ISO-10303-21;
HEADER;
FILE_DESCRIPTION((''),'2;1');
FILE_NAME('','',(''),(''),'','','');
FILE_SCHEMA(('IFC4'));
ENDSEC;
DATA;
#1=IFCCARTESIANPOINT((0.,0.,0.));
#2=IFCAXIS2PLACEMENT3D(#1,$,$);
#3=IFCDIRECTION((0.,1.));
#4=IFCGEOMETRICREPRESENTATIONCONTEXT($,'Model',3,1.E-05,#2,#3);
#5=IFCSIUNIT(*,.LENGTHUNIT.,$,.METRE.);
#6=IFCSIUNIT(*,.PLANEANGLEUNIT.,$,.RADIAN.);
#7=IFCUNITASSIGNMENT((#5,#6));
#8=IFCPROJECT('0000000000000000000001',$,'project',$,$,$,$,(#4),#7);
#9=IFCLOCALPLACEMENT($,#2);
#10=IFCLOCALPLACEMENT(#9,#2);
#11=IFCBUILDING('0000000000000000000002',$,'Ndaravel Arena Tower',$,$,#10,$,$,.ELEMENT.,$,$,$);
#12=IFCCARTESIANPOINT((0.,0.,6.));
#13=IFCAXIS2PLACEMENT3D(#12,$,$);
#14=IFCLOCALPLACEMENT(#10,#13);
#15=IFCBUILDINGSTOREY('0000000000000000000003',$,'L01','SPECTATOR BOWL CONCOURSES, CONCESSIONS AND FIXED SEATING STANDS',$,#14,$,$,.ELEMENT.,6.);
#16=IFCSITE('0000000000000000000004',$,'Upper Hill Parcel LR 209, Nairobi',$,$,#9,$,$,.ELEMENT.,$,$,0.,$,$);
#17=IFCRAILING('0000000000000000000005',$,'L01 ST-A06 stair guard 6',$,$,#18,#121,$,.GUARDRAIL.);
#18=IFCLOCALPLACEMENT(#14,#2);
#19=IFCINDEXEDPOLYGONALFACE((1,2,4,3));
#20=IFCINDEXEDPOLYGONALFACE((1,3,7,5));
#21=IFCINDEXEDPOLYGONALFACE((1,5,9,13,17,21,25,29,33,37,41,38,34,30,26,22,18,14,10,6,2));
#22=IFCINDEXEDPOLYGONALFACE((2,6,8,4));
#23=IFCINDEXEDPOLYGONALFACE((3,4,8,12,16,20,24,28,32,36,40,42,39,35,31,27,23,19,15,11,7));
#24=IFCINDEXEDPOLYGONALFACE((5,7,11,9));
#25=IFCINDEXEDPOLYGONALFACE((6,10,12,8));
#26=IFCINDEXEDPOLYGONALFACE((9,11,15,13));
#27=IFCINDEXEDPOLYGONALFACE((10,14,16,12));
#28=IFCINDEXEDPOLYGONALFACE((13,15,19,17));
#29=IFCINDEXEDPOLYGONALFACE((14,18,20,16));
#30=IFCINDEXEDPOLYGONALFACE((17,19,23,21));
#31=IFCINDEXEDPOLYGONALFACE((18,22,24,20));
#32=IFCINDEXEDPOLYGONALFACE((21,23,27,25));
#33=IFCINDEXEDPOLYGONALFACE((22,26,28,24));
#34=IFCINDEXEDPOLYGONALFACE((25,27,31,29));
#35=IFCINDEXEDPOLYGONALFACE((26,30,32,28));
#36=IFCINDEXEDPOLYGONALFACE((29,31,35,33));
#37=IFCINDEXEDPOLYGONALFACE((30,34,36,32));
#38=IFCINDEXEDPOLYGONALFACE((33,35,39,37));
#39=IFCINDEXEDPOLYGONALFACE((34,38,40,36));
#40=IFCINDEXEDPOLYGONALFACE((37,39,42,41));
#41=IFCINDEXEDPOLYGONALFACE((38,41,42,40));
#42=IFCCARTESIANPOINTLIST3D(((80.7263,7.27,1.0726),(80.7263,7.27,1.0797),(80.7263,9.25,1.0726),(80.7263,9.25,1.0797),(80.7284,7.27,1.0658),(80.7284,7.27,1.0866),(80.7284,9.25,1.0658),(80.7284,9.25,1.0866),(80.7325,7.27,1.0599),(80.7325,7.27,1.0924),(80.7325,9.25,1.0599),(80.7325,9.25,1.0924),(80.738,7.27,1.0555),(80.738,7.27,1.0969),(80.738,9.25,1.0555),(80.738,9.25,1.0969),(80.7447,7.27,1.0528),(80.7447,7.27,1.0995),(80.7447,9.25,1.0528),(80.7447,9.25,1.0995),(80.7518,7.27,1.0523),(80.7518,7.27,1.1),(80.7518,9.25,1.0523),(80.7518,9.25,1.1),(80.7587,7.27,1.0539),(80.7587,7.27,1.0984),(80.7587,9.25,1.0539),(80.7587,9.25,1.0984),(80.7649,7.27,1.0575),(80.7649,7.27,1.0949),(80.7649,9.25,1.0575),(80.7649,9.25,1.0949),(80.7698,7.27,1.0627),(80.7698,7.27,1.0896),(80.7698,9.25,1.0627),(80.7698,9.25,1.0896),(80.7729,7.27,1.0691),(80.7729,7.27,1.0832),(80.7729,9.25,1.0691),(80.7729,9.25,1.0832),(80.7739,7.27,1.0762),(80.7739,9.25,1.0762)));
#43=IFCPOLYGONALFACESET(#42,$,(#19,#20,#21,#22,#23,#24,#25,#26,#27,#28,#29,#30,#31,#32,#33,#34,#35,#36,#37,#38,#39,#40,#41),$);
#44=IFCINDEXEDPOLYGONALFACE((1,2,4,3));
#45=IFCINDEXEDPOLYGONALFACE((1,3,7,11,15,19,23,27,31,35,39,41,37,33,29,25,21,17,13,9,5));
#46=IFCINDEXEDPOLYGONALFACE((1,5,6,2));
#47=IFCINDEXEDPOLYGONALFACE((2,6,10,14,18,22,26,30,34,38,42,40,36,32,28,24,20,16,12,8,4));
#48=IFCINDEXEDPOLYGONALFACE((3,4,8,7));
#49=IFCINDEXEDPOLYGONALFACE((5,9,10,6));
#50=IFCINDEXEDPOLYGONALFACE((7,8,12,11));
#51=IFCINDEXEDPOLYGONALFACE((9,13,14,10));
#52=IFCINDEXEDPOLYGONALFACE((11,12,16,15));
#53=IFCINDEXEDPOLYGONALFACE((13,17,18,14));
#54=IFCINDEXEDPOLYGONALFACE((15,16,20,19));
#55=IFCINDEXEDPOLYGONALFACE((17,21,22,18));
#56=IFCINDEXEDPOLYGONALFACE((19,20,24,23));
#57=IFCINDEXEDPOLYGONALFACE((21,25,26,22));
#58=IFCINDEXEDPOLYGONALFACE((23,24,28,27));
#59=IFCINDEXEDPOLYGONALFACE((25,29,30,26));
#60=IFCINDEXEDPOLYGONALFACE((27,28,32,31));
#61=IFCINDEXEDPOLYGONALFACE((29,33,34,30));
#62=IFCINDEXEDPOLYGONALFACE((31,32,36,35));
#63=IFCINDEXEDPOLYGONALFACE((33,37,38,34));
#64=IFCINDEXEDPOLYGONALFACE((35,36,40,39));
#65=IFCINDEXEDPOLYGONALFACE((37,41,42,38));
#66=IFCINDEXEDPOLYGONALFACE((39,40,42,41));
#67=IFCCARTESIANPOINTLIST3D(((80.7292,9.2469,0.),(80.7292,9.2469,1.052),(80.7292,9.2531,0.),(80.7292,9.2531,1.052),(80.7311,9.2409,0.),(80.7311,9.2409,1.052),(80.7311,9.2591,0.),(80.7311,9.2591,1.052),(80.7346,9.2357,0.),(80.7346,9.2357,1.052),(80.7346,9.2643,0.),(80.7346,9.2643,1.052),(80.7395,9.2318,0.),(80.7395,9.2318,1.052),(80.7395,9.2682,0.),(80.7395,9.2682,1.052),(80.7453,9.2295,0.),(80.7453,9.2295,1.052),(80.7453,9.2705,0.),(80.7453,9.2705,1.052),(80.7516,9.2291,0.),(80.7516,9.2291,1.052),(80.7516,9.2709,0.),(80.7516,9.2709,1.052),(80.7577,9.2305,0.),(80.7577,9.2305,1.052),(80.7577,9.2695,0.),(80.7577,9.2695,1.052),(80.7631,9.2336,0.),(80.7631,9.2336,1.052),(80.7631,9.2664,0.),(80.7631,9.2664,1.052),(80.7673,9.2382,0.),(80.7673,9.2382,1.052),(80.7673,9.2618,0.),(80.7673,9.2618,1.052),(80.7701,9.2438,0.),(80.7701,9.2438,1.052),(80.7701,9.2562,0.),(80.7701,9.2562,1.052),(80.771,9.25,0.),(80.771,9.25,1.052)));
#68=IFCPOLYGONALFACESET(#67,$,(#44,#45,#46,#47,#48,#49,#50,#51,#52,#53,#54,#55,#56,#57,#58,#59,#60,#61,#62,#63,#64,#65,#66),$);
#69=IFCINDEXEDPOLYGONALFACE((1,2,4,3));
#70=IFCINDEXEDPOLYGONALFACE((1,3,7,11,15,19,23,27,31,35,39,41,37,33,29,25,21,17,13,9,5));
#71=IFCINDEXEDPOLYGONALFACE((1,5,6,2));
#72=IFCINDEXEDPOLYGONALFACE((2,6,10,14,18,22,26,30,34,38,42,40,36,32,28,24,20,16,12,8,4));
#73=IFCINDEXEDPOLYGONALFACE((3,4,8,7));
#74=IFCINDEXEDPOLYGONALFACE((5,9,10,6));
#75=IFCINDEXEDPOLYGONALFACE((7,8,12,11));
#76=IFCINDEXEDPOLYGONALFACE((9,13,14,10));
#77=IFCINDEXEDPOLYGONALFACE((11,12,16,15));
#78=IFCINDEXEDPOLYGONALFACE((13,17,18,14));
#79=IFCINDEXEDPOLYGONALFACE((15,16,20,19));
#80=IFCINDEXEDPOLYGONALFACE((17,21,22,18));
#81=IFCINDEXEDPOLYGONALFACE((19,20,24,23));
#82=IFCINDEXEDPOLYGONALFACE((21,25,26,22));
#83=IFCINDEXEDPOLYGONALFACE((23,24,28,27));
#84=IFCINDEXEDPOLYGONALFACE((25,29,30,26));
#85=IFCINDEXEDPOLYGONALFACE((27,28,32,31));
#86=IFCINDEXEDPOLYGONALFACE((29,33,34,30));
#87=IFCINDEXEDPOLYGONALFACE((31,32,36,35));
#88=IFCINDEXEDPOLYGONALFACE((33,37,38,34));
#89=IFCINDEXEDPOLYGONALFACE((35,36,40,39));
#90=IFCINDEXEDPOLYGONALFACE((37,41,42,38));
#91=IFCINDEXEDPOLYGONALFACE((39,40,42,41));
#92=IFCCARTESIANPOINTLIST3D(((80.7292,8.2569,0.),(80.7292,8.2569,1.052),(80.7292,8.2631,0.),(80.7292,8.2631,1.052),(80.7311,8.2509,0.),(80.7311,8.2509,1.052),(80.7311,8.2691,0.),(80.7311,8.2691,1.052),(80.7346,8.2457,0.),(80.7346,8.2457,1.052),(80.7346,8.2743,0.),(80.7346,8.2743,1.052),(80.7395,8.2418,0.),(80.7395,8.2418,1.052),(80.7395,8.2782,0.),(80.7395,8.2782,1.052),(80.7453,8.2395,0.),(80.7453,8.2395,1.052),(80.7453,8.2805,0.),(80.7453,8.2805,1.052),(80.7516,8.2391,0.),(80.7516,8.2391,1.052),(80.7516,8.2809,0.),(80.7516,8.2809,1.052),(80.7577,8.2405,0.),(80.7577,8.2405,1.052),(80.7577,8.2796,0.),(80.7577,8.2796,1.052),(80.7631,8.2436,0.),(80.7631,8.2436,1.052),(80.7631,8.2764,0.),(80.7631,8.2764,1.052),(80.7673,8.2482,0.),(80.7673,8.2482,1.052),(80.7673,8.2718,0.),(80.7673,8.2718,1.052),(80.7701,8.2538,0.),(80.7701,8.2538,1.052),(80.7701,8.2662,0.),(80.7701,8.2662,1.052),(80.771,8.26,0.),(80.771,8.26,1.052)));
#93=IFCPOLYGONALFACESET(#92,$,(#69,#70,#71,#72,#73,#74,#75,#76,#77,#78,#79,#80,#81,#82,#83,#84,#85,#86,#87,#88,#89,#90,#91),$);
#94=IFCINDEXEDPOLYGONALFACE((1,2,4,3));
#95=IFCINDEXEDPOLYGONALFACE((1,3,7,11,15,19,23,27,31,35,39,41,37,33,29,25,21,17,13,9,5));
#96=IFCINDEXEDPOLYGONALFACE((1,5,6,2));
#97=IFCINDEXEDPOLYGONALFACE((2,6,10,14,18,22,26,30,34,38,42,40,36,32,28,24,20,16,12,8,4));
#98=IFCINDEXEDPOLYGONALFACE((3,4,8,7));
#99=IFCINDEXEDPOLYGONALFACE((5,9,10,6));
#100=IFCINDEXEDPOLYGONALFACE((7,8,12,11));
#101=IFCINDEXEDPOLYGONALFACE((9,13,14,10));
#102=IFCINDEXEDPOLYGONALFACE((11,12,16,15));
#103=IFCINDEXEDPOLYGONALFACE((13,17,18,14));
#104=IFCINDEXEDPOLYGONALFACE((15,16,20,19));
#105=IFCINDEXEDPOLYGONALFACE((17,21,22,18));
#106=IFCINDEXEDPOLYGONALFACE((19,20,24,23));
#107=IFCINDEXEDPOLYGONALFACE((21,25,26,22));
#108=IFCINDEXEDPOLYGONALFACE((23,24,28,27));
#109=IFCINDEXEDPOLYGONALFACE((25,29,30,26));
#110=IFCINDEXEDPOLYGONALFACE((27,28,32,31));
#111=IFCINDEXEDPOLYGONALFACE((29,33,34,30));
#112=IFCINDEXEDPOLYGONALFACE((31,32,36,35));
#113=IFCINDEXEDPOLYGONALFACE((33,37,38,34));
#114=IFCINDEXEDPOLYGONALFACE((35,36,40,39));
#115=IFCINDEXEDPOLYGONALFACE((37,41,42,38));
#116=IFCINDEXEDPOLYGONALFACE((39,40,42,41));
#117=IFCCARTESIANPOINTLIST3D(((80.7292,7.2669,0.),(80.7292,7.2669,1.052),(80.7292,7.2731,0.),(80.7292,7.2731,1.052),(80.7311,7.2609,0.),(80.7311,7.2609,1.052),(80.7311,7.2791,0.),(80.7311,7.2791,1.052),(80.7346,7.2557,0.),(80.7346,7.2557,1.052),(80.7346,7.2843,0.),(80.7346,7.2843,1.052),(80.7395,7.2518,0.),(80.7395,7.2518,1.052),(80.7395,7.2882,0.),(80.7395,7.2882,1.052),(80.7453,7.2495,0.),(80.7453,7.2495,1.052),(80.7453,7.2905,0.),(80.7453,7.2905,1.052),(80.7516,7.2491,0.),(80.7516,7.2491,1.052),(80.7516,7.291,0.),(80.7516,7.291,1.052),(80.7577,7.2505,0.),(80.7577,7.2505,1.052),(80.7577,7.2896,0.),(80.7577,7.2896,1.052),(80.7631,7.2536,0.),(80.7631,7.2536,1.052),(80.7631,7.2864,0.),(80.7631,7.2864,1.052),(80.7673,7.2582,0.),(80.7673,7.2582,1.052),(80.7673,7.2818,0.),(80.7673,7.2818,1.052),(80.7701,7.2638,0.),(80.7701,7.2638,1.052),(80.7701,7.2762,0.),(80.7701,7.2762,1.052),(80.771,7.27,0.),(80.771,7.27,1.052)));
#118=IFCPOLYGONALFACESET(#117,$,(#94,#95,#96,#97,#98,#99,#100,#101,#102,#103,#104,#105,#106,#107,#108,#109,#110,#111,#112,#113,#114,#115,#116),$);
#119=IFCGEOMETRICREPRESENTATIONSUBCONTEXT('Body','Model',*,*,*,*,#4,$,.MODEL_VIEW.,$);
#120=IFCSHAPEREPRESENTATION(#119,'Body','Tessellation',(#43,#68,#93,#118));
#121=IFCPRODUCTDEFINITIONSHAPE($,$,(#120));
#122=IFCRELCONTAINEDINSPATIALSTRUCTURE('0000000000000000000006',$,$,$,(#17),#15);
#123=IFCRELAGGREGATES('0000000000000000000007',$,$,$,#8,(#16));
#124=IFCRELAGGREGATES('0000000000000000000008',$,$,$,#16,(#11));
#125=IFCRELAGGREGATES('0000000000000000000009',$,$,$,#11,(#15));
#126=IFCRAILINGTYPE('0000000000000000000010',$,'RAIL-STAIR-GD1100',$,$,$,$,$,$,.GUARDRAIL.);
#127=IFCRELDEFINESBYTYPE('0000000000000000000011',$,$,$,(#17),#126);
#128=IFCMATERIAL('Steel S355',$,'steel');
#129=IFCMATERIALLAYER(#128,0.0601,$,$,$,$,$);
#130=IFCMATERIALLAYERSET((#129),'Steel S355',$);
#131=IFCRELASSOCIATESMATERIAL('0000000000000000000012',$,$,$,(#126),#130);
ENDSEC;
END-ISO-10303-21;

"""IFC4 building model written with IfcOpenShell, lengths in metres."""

from ifc_helpers import new_model, si_unit, direction, frame, origin, origin_2d, place, context, subcontext, project, spatial, circle, extrude, material, layer, layer_set, type_object, element, save


model = new_model("IFC4")

# Units and contexts
model_context = context("Model", 3, precision=1e-05, world=origin(), true_north=direction((0.0, 1.0)))
body_context = subcontext(model_context, "Body", "Model", "MODEL_VIEW")
ifc_project = project(units=[si_unit("LENGTHUNIT", "METRE"), si_unit("PLANEANGLEUNIT", "RADIAN")], contexts=[model_context])

# Site, building, storey
site_placement = place(None, origin())
site = spatial("IfcSite", under=ifc_project, at=site_placement, Name="Upper Hill Parcel LR 209, Nairobi", CompositionType="ELEMENT", RefElevation=0.0)
building_placement = place(site_placement, origin())
building = spatial("IfcBuilding", under=site, at=building_placement, Name="Ndaravel Arena Tower", CompositionType="ELEMENT")
storey_placement = place(building_placement, frame((0.0, 0.0, 6.0)))
storey = spatial("IfcBuildingStorey", under=building, at=storey_placement, Name="L01", Description="SPECTATOR BOWL CONCOURSES, CONCESSIONS AND FIXED SEATING STANDS", CompositionType="ELEMENT", Elevation=6.0)

# Railing
ifc_material_1 = material(Name="Steel S355", Category="steel")
ifc_layer_1 = layer(ifc_material_1, 0.0601)
ifc_layer_set_1 = layer_set([ifc_layer_1], Name="Steel S355")
railing_type = type_object("IfcRailingType", Name="RAIL-STAIR-GD1100", PredefinedType="GUARDRAIL", material=ifc_layer_set_1)
for number, where, name in (
    (1, (80.75, 9.25, 0.0), "L01 ST-A06 stair guard 6"),
):
    element("IfcRailing", number, at=place(storey_placement, frame(where)), inside=storey, type_object=railing_type, Name=name, PredefinedType="GUARDRAIL", context=body_context, shape_type="SweptSolid", body=[
        extrude(circle(Radius=0.0239, at=origin_2d()), frame((0.0, 0.0, 1.0762), z_axis=(0.0, -1.0, 0.0), x_axis=(1.0, 0.0, 0.0)), (0.0, 0.0, 1.0), 1.98),
        extrude(circle(Radius=0.021, at=origin_2d()), origin(), (0.0, 0.0, 1.0), 1.052),
        extrude(circle(Radius=0.021, at=origin_2d()), frame((0.0, -0.99, 0.0)), (0.0, 0.0, 1.0), 1.052),
        extrude(circle(Radius=0.021, at=origin_2d()), frame((0.0, -1.98, 0.0)), (0.0, 0.0, 1.0), 1.052),
    ])

save(model, "model.ifc")
